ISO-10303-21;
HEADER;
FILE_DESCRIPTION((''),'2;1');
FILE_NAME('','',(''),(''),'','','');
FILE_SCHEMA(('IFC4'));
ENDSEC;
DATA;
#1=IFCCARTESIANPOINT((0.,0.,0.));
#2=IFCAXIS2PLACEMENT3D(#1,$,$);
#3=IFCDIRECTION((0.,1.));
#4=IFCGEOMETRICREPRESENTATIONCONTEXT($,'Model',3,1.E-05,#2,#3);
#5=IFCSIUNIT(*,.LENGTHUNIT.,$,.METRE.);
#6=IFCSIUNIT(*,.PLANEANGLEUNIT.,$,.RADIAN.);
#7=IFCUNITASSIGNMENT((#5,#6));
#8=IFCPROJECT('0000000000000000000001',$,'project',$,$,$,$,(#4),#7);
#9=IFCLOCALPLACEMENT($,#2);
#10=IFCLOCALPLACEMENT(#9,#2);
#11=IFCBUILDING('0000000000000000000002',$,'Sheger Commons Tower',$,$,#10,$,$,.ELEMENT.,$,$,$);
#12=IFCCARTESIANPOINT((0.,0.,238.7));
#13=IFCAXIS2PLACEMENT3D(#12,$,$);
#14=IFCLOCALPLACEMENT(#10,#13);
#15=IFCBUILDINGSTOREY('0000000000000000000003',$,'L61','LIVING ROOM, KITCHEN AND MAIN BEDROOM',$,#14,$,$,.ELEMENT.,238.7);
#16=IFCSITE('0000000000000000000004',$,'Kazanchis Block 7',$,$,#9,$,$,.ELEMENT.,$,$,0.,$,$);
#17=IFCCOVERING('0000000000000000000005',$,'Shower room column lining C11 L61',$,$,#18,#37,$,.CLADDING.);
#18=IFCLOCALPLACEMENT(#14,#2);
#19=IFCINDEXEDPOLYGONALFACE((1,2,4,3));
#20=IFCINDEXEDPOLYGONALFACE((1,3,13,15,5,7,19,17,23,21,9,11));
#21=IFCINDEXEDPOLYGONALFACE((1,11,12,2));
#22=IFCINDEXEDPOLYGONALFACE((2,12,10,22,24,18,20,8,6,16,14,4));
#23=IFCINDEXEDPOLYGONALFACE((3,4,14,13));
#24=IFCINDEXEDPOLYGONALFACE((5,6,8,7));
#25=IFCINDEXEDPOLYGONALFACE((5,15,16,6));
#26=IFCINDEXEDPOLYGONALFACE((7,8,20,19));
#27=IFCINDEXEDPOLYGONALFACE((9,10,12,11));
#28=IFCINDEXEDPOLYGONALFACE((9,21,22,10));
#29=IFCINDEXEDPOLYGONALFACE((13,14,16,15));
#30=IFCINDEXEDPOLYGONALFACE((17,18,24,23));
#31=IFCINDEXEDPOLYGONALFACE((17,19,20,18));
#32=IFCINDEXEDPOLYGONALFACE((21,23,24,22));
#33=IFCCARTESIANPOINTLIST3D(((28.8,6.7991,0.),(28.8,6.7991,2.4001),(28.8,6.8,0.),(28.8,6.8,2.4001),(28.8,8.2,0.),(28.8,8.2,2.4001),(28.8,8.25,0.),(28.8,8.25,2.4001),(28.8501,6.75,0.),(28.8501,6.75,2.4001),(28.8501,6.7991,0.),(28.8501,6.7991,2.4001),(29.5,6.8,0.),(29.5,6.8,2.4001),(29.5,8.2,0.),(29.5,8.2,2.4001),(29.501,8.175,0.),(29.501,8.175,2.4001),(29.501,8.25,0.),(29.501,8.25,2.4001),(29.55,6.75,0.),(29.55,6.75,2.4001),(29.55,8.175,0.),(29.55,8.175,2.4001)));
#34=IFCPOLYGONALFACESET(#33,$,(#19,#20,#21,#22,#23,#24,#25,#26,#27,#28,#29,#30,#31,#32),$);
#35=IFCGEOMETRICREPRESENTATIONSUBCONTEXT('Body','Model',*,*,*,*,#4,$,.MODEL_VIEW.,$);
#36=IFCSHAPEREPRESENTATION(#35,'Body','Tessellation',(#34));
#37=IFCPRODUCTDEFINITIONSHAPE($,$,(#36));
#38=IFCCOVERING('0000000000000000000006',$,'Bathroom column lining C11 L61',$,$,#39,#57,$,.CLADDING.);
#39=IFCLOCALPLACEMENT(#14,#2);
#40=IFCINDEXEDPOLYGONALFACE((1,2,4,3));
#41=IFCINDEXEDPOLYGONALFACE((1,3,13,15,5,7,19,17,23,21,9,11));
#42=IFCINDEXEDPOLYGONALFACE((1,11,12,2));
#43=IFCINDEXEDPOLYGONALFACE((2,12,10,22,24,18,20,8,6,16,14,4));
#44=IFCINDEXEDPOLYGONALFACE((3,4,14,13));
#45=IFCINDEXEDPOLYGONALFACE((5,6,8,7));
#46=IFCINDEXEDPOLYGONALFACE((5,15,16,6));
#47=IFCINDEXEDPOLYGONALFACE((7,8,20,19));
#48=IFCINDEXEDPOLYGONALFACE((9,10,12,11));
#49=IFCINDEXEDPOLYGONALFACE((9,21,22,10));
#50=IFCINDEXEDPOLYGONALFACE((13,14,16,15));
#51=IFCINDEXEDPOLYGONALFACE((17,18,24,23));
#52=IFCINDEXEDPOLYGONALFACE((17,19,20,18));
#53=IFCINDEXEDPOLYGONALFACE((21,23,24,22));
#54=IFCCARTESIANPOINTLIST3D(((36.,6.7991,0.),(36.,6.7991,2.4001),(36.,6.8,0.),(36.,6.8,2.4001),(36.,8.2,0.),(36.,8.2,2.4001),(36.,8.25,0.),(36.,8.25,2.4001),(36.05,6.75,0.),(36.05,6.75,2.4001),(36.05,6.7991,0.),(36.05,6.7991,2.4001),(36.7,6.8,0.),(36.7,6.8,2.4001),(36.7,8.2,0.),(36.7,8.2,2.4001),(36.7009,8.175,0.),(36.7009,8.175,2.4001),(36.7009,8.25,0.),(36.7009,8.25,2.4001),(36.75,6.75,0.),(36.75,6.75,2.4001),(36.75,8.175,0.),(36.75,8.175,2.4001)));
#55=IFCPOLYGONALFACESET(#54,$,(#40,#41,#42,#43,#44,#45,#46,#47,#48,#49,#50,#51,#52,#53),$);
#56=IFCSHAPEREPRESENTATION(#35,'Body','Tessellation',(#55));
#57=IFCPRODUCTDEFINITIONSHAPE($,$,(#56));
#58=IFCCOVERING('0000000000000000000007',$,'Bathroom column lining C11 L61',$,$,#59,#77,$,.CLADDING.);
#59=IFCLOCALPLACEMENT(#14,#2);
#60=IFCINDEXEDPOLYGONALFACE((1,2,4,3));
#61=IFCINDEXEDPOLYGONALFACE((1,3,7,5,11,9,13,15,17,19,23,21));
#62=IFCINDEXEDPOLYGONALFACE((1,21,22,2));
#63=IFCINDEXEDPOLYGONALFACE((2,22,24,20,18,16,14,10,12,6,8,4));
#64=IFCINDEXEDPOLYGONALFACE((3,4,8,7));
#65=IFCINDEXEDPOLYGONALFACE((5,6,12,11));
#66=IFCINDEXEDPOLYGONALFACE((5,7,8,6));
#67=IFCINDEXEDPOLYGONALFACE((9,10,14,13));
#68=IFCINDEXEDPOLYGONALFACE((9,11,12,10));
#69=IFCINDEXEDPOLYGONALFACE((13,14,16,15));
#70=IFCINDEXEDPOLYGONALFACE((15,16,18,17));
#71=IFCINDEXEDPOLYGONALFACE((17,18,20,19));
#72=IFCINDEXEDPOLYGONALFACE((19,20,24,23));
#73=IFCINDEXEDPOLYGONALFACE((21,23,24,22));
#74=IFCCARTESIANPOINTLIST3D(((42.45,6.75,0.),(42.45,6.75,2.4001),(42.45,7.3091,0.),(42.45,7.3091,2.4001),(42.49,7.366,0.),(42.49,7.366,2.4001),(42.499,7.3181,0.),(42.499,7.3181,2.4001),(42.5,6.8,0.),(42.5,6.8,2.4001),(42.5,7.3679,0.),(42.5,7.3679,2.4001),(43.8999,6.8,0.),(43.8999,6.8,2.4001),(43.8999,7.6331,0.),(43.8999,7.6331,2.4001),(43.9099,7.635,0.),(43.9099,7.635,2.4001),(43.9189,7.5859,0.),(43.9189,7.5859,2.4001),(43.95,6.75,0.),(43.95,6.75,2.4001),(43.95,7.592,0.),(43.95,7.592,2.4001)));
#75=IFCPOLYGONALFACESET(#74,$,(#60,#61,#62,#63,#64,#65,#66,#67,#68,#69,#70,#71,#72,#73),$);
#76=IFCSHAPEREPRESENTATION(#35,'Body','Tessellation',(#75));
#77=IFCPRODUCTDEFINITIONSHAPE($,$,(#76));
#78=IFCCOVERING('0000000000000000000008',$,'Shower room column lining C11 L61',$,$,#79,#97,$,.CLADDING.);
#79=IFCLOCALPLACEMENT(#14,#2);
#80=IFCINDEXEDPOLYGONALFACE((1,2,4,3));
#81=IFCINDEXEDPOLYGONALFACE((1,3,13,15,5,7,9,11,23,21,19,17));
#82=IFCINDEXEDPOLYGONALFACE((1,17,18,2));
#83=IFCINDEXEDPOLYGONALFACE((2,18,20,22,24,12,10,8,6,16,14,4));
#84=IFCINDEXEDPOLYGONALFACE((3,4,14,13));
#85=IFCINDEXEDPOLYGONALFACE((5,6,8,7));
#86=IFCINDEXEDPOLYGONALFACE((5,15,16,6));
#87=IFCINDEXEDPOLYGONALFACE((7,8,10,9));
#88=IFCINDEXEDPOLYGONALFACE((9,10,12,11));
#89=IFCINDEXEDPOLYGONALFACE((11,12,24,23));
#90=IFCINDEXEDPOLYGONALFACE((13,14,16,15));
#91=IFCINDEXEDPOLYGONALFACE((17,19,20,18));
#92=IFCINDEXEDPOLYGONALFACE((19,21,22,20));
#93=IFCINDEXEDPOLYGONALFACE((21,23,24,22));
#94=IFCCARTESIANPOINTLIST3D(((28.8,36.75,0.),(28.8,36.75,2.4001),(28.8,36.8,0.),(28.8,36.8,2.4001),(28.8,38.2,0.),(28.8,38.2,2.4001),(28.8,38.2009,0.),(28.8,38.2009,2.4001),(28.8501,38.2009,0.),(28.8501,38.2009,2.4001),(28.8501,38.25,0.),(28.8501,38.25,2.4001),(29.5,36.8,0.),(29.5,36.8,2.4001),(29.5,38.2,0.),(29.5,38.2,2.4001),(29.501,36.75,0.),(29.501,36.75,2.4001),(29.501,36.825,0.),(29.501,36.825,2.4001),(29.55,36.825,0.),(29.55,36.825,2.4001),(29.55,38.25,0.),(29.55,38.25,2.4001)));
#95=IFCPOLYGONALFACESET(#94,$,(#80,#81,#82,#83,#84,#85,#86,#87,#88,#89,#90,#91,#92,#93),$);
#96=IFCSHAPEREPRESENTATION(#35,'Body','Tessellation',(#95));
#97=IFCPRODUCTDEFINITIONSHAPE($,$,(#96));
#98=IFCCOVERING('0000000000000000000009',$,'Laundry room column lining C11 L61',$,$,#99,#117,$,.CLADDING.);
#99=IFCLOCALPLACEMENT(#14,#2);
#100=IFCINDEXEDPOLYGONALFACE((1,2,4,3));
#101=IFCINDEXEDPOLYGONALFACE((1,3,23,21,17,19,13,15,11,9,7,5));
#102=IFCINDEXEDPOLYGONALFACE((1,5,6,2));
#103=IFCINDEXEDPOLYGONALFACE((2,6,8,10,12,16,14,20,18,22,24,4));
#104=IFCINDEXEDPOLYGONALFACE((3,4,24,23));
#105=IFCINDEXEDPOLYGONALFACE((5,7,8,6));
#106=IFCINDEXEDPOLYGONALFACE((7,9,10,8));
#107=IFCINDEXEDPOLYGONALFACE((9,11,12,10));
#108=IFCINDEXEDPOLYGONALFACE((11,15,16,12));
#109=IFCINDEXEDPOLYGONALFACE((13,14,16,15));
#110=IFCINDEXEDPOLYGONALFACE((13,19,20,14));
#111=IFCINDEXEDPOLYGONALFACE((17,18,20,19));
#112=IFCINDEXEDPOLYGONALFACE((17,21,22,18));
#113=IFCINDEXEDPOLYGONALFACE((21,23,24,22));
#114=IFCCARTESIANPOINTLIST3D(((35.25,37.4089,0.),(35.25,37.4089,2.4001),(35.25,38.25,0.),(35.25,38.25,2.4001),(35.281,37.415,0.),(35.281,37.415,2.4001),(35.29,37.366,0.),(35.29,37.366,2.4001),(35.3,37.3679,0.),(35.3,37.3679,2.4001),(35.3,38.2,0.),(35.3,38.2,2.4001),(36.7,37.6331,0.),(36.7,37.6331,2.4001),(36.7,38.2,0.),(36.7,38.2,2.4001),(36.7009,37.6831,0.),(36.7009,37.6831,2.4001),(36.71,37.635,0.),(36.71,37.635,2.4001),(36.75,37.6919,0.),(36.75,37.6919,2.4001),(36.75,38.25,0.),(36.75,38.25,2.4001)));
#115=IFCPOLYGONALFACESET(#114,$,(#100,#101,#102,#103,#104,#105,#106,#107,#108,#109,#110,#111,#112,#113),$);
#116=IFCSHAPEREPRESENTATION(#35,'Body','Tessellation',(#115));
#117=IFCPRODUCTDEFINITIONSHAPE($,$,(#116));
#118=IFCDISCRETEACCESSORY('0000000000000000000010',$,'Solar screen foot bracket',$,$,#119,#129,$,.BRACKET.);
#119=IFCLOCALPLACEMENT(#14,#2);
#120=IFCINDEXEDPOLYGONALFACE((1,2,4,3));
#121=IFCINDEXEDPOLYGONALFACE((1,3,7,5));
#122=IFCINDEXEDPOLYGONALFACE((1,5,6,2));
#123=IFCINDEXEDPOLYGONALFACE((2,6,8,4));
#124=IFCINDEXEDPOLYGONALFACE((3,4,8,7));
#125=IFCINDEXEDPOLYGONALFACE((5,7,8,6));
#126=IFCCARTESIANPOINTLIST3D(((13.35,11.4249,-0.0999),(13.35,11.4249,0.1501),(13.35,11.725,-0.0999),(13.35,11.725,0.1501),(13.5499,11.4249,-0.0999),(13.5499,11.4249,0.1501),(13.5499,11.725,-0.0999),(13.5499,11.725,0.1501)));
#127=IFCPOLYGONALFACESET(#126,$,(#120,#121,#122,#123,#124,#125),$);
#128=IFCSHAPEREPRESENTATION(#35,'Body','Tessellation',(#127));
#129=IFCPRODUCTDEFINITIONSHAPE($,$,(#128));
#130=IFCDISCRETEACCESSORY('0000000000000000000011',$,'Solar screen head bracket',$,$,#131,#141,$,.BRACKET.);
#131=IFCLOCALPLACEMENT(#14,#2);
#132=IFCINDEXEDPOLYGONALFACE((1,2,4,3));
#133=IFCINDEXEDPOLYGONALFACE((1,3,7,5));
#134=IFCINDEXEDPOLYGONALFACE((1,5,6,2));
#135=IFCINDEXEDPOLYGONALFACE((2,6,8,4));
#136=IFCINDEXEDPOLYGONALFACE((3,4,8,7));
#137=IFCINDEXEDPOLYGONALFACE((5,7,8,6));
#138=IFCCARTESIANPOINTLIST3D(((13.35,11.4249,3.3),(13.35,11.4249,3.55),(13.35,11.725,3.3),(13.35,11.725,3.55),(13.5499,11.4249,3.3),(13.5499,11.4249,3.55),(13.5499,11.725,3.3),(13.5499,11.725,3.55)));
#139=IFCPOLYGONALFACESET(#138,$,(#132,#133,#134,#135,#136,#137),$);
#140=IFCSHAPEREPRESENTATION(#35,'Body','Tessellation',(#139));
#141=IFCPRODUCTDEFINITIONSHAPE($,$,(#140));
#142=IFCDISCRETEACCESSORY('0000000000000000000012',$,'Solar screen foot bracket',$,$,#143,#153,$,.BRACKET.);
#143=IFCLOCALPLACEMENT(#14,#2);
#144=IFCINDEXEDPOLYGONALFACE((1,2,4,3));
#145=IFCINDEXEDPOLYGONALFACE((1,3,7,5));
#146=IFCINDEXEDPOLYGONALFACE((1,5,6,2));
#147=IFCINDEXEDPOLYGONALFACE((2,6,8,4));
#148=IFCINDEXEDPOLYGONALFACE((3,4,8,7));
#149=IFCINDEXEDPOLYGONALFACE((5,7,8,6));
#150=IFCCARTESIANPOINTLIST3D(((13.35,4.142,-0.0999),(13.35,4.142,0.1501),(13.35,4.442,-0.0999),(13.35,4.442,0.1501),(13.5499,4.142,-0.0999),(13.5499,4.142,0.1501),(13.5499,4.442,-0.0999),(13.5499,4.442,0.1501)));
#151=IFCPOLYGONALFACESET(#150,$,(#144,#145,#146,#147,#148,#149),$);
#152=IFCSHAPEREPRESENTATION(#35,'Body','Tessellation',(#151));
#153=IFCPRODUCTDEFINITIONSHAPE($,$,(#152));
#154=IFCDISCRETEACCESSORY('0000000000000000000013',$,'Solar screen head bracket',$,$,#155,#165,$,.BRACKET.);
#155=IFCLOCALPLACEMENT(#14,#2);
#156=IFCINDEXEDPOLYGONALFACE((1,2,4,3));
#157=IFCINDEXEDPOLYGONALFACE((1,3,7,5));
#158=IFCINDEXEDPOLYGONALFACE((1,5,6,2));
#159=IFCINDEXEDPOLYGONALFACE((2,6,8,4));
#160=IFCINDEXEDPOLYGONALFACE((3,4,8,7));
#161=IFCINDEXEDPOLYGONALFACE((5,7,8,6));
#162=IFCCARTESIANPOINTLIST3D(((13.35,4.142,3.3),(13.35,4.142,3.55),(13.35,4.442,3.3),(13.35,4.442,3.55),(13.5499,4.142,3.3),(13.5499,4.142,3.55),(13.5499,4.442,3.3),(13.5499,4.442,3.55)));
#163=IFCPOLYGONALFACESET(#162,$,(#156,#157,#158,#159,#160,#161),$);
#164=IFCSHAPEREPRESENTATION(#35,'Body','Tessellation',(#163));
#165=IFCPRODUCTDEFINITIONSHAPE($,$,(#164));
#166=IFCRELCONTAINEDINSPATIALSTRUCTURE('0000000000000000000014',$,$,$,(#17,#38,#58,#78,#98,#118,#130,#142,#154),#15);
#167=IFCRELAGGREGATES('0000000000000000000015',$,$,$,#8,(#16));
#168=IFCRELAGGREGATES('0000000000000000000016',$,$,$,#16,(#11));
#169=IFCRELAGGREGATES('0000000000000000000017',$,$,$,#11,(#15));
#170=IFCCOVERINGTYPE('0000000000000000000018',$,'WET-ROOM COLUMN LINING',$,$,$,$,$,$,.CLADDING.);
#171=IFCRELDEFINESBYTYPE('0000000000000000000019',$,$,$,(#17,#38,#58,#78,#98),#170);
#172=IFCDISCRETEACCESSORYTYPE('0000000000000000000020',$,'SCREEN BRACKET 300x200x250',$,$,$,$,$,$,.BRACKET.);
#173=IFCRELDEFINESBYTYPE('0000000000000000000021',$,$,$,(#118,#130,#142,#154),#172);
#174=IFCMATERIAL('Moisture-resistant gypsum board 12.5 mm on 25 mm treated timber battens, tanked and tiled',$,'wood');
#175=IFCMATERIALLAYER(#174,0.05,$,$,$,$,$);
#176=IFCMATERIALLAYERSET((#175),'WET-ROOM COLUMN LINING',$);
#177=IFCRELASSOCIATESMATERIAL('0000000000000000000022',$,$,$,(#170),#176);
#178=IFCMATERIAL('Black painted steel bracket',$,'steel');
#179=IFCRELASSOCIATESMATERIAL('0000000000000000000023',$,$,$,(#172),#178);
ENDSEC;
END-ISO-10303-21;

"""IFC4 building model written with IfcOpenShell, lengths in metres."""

from ifc_helpers import new_model, si_unit, direction, frame, origin, origin_2d, place, context, subcontext, project, spatial, polyline, rectangle, outline, extrude, material, layer, layer_set, type_object, element, save


model = new_model("IFC4")

# Units and contexts
model_context = context("Model", 3, precision=1e-05, world=origin(), true_north=direction((0.0, 1.0)))
body_context = subcontext(model_context, "Body", "Model", "MODEL_VIEW")
ifc_project = project(units=[si_unit("LENGTHUNIT", "METRE"), si_unit("PLANEANGLEUNIT", "RADIAN")], contexts=[model_context])

# Site, building, storey
site_placement = place(None, origin())
site = spatial("IfcSite", under=ifc_project, at=site_placement, Name="Kazanchis Block 7", CompositionType="ELEMENT", RefElevation=0.0)
building_placement = place(site_placement, origin())
building = spatial("IfcBuilding", under=site, at=building_placement, Name="Sheger Commons Tower", CompositionType="ELEMENT")
storey_placement = place(building_placement, frame((0.0, 0.0, 238.7)))
storey = spatial("IfcBuildingStorey", under=building, at=storey_placement, Name="L61", Description="LIVING ROOM, KITCHEN AND MAIN BEDROOM", CompositionType="ELEMENT", Elevation=238.7)

# Coverings
ifc_material_1 = material(Name="Moisture-resistant gypsum board 12.5 mm on 25 mm treated timber battens, tanked and tiled", Category="wood")
ifc_layer_1 = layer(ifc_material_1, 0.05)
ifc_layer_set_1 = layer_set([ifc_layer_1], Name="WET-ROOM COLUMN LINING")
covering_type_1 = type_object("IfcCoveringType", Name="WET-ROOM COLUMN LINING", PredefinedType="CLADDING", material=ifc_layer_set_1)
covering_1_placement = place(storey_placement, origin())
element("IfcCovering", 1, at=covering_1_placement, inside=storey, type_object=covering_type_1, Name="Shower room column lining C11 L61", PredefinedType="CLADDING", context=body_context, shape_type="SweptSolid", body=[
    extrude(outline(polyline([(29.55, 6.75), (28.8501, 6.75), (28.8501, 6.7991), (28.8, 6.7991), (28.8, 6.8), (29.5, 6.8), (29.5, 8.2), (28.8, 8.2), (28.8, 8.25), (29.501, 8.25), (29.501, 8.175), (29.55, 8.175), (29.55, 6.75)])), origin(), (0.0, 0.0, 1.0), 2.4001),
])
covering_2_placement = place(storey_placement, origin())
element("IfcCovering", 2, at=covering_2_placement, inside=storey, type_object=covering_type_1, Name="Bathroom column lining C11 L61", PredefinedType="CLADDING", context=body_context, shape_type="SweptSolid", body=[
    extrude(outline(polyline([(36.75, 6.75), (36.05, 6.75), (36.05, 6.7991), (36.0, 6.7991), (36.0, 6.8), (36.7, 6.8), (36.7, 8.2), (36.0, 8.2), (36.0, 8.25), (36.7009, 8.25), (36.7009, 8.175), (36.75, 8.175), (36.75, 6.75)])), origin(), (0.0, 0.0, 1.0), 2.4001),
])
covering_3_placement = place(storey_placement, origin())
element("IfcCovering", 3, at=covering_3_placement, inside=storey, type_object=covering_type_1, Name="Bathroom column lining C11 L61", PredefinedType="CLADDING", context=body_context, shape_type="SweptSolid", body=[
    extrude(outline(polyline([(42.5, 7.3679), (42.5, 6.8), (43.8999, 6.8), (43.8999, 7.6331), (43.9099, 7.635), (43.9189, 7.5859), (43.95, 7.592), (43.95, 6.75), (42.45, 6.75), (42.45, 7.3091), (42.499, 7.3181), (42.49, 7.366), (42.5, 7.3679)])), origin(), (0.0, 0.0, 1.0), 2.4001),
])
covering_4_placement = place(storey_placement, origin())
element("IfcCovering", 4, at=covering_4_placement, inside=storey, type_object=covering_type_1, Name="Shower room column lining C11 L61", PredefinedType="CLADDING", context=body_context, shape_type="SweptSolid", body=[
    extrude(outline(polyline([(29.55, 36.825), (29.501, 36.825), (29.501, 36.75), (28.8, 36.75), (28.8, 36.8), (29.5, 36.8), (29.5, 38.2), (28.8, 38.2), (28.8, 38.2009), (28.8501, 38.2009), (28.8501, 38.25), (29.55, 38.25), (29.55, 36.825)])), origin(), (0.0, 0.0, 1.0), 2.4001),
])
covering_5_placement = place(storey_placement, origin())
element("IfcCovering", 5, at=covering_5_placement, inside=storey, type_object=covering_type_1, Name="Laundry room column lining C11 L61", PredefinedType="CLADDING", context=body_context, shape_type="SweptSolid", body=[
    extrude(outline(polyline([(36.75, 38.25), (36.75, 37.6919), (36.7009, 37.6831), (36.71, 37.635), (36.7, 37.6331), (36.7, 38.2), (35.3, 38.2), (35.3, 37.3679), (35.29, 37.366), (35.281, 37.415), (35.25, 37.4089), (35.25, 38.25), (36.75, 38.25)])), origin(), (0.0, 0.0, 1.0), 2.4001),
])

# Discrete accessories
ifc_material_2 = material(Name="Black painted steel bracket", Category="steel")
discrete_accessory_type = type_object("IfcDiscreteAccessoryType", Name="SCREEN BRACKET 300x200x250", PredefinedType="BRACKET", material=ifc_material_2)
for number, where, z_axis, x_axis, name in (
    (6, (13.45, 11.575, -0.0999), (0.0, 0.0, 1.0), (0.0, -1.0, 0.0), "Solar screen foot bracket"),
    (7, (13.45, 11.575, 3.3), (0.0, 0.0, 1.0), (0.0, -1.0, 0.0), "Solar screen head bracket"),
    (8, (13.45, 4.292, -0.0999), (0.0, 0.0, 1.0), (0.0, -1.0, 0.0), "Solar screen foot bracket"),
    (9, (13.45, 4.292, 3.3), (0.0, 0.0, 1.0), (0.0, -1.0, 0.0), "Solar screen head bracket"),
):
    element("IfcDiscreteAccessory", number, at=place(storey_placement, frame(where, z_axis=z_axis, x_axis=x_axis)), inside=storey, type_object=discrete_accessory_type, Name=name, PredefinedType="BRACKET", context=body_context, shape_type="SweptSolid", body=[
        extrude(rectangle(XDim=0.3, YDim=0.2, at=origin_2d()), origin(), (0.0, 0.0, 1.0), 0.25),
    ])

save(model, "model.ifc")
